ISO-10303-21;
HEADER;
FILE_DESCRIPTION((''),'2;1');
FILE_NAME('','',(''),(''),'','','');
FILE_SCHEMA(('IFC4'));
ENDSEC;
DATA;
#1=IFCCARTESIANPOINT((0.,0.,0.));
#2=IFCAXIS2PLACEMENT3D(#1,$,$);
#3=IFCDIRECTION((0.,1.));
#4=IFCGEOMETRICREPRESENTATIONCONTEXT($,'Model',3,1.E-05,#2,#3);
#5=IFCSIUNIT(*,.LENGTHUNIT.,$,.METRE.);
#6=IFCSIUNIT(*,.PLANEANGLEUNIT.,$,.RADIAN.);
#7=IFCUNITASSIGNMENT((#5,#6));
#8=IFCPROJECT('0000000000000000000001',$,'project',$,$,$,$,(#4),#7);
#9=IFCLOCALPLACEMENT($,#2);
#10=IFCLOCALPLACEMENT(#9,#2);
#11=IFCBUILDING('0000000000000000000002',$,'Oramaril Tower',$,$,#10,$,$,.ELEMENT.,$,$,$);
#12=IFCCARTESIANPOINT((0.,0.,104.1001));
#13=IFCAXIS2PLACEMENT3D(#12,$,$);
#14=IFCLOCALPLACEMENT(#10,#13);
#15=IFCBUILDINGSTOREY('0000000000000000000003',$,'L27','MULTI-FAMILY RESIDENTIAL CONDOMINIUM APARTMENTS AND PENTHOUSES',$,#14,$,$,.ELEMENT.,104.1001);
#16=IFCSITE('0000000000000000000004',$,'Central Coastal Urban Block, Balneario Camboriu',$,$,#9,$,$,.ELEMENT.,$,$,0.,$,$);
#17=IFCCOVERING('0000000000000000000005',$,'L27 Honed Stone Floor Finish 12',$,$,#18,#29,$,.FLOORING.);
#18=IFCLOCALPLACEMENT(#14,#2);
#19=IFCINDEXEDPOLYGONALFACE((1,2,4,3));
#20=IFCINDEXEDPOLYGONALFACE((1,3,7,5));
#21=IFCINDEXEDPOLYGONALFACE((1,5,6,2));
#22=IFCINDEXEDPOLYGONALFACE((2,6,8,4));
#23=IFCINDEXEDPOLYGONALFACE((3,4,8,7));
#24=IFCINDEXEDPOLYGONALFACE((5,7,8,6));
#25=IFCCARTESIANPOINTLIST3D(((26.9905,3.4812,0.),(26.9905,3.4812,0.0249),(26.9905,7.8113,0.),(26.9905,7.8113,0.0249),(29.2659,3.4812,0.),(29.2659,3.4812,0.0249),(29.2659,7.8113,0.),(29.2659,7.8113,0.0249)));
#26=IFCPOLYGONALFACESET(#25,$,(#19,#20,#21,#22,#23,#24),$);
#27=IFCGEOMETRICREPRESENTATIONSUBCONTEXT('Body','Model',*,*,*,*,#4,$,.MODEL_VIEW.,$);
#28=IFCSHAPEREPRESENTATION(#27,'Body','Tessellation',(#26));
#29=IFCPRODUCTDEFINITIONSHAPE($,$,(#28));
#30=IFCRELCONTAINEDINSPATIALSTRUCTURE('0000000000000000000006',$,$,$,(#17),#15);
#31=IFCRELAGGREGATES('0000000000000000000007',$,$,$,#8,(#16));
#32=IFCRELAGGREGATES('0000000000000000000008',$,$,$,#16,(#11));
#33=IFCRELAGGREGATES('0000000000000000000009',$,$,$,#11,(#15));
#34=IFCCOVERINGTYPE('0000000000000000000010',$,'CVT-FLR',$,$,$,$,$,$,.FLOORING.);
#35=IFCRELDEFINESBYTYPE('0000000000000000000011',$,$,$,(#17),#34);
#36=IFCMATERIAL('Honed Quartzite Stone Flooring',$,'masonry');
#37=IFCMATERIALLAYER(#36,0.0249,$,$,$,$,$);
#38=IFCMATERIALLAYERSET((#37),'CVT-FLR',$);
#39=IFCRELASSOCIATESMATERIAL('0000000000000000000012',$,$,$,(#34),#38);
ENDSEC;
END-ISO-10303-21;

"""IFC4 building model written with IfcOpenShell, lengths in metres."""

from ifc_helpers import new_model, si_unit, direction, frame, origin, place, context, subcontext, project, spatial, polyline, outline, extrude, material, layer, layer_set, type_object, element, save


model = new_model("IFC4")

# Units and contexts
model_context = context("Model", 3, precision=1e-05, world=origin(), true_north=direction((0.0, 1.0)))
body_context = subcontext(model_context, "Body", "Model", "MODEL_VIEW")
ifc_project = project(units=[si_unit("LENGTHUNIT", "METRE"), si_unit("PLANEANGLEUNIT", "RADIAN")], contexts=[model_context])

# Site, building, storey
site_placement = place(None, origin())
site = spatial("IfcSite", under=ifc_project, at=site_placement, Name="Central Coastal Urban Block, Balneario Camboriu", CompositionType="ELEMENT", RefElevation=0.0)
building_placement = place(site_placement, origin())
building = spatial("IfcBuilding", under=site, at=building_placement, Name="Oramaril Tower", CompositionType="ELEMENT")
storey_placement = place(building_placement, frame((0.0, 0.0, 104.1001)))
storey = spatial("IfcBuildingStorey", under=building, at=storey_placement, Name="L27", Description="MULTI-FAMILY RESIDENTIAL CONDOMINIUM APARTMENTS AND PENTHOUSES", CompositionType="ELEMENT", Elevation=104.1001)

# Covering
ifc_material_1 = material(Name="Honed Quartzite Stone Flooring", Category="masonry")
ifc_layer_1 = layer(ifc_material_1, 0.0249)
ifc_layer_set_1 = layer_set([ifc_layer_1], Name="CVT-FLR")
covering_type_1 = type_object("IfcCoveringType", Name="CVT-FLR", PredefinedType="FLOORING", material=ifc_layer_set_1)
covering_1_placement = place(storey_placement, origin())
element("IfcCovering", 1, at=covering_1_placement, inside=storey, type_object=covering_type_1, Name="L27 Honed Stone Floor Finish 12", PredefinedType="FLOORING", context=body_context, shape_type="SweptSolid", body=[
    extrude(outline(polyline([(26.9905, 3.4812), (26.9905, 7.8113), (29.2659, 7.8113), (29.2659, 3.4812), (26.9905, 3.4812)])), origin(), (0.0, 0.0, 1.0), 0.0249),
])

save(model, "model.ifc")
